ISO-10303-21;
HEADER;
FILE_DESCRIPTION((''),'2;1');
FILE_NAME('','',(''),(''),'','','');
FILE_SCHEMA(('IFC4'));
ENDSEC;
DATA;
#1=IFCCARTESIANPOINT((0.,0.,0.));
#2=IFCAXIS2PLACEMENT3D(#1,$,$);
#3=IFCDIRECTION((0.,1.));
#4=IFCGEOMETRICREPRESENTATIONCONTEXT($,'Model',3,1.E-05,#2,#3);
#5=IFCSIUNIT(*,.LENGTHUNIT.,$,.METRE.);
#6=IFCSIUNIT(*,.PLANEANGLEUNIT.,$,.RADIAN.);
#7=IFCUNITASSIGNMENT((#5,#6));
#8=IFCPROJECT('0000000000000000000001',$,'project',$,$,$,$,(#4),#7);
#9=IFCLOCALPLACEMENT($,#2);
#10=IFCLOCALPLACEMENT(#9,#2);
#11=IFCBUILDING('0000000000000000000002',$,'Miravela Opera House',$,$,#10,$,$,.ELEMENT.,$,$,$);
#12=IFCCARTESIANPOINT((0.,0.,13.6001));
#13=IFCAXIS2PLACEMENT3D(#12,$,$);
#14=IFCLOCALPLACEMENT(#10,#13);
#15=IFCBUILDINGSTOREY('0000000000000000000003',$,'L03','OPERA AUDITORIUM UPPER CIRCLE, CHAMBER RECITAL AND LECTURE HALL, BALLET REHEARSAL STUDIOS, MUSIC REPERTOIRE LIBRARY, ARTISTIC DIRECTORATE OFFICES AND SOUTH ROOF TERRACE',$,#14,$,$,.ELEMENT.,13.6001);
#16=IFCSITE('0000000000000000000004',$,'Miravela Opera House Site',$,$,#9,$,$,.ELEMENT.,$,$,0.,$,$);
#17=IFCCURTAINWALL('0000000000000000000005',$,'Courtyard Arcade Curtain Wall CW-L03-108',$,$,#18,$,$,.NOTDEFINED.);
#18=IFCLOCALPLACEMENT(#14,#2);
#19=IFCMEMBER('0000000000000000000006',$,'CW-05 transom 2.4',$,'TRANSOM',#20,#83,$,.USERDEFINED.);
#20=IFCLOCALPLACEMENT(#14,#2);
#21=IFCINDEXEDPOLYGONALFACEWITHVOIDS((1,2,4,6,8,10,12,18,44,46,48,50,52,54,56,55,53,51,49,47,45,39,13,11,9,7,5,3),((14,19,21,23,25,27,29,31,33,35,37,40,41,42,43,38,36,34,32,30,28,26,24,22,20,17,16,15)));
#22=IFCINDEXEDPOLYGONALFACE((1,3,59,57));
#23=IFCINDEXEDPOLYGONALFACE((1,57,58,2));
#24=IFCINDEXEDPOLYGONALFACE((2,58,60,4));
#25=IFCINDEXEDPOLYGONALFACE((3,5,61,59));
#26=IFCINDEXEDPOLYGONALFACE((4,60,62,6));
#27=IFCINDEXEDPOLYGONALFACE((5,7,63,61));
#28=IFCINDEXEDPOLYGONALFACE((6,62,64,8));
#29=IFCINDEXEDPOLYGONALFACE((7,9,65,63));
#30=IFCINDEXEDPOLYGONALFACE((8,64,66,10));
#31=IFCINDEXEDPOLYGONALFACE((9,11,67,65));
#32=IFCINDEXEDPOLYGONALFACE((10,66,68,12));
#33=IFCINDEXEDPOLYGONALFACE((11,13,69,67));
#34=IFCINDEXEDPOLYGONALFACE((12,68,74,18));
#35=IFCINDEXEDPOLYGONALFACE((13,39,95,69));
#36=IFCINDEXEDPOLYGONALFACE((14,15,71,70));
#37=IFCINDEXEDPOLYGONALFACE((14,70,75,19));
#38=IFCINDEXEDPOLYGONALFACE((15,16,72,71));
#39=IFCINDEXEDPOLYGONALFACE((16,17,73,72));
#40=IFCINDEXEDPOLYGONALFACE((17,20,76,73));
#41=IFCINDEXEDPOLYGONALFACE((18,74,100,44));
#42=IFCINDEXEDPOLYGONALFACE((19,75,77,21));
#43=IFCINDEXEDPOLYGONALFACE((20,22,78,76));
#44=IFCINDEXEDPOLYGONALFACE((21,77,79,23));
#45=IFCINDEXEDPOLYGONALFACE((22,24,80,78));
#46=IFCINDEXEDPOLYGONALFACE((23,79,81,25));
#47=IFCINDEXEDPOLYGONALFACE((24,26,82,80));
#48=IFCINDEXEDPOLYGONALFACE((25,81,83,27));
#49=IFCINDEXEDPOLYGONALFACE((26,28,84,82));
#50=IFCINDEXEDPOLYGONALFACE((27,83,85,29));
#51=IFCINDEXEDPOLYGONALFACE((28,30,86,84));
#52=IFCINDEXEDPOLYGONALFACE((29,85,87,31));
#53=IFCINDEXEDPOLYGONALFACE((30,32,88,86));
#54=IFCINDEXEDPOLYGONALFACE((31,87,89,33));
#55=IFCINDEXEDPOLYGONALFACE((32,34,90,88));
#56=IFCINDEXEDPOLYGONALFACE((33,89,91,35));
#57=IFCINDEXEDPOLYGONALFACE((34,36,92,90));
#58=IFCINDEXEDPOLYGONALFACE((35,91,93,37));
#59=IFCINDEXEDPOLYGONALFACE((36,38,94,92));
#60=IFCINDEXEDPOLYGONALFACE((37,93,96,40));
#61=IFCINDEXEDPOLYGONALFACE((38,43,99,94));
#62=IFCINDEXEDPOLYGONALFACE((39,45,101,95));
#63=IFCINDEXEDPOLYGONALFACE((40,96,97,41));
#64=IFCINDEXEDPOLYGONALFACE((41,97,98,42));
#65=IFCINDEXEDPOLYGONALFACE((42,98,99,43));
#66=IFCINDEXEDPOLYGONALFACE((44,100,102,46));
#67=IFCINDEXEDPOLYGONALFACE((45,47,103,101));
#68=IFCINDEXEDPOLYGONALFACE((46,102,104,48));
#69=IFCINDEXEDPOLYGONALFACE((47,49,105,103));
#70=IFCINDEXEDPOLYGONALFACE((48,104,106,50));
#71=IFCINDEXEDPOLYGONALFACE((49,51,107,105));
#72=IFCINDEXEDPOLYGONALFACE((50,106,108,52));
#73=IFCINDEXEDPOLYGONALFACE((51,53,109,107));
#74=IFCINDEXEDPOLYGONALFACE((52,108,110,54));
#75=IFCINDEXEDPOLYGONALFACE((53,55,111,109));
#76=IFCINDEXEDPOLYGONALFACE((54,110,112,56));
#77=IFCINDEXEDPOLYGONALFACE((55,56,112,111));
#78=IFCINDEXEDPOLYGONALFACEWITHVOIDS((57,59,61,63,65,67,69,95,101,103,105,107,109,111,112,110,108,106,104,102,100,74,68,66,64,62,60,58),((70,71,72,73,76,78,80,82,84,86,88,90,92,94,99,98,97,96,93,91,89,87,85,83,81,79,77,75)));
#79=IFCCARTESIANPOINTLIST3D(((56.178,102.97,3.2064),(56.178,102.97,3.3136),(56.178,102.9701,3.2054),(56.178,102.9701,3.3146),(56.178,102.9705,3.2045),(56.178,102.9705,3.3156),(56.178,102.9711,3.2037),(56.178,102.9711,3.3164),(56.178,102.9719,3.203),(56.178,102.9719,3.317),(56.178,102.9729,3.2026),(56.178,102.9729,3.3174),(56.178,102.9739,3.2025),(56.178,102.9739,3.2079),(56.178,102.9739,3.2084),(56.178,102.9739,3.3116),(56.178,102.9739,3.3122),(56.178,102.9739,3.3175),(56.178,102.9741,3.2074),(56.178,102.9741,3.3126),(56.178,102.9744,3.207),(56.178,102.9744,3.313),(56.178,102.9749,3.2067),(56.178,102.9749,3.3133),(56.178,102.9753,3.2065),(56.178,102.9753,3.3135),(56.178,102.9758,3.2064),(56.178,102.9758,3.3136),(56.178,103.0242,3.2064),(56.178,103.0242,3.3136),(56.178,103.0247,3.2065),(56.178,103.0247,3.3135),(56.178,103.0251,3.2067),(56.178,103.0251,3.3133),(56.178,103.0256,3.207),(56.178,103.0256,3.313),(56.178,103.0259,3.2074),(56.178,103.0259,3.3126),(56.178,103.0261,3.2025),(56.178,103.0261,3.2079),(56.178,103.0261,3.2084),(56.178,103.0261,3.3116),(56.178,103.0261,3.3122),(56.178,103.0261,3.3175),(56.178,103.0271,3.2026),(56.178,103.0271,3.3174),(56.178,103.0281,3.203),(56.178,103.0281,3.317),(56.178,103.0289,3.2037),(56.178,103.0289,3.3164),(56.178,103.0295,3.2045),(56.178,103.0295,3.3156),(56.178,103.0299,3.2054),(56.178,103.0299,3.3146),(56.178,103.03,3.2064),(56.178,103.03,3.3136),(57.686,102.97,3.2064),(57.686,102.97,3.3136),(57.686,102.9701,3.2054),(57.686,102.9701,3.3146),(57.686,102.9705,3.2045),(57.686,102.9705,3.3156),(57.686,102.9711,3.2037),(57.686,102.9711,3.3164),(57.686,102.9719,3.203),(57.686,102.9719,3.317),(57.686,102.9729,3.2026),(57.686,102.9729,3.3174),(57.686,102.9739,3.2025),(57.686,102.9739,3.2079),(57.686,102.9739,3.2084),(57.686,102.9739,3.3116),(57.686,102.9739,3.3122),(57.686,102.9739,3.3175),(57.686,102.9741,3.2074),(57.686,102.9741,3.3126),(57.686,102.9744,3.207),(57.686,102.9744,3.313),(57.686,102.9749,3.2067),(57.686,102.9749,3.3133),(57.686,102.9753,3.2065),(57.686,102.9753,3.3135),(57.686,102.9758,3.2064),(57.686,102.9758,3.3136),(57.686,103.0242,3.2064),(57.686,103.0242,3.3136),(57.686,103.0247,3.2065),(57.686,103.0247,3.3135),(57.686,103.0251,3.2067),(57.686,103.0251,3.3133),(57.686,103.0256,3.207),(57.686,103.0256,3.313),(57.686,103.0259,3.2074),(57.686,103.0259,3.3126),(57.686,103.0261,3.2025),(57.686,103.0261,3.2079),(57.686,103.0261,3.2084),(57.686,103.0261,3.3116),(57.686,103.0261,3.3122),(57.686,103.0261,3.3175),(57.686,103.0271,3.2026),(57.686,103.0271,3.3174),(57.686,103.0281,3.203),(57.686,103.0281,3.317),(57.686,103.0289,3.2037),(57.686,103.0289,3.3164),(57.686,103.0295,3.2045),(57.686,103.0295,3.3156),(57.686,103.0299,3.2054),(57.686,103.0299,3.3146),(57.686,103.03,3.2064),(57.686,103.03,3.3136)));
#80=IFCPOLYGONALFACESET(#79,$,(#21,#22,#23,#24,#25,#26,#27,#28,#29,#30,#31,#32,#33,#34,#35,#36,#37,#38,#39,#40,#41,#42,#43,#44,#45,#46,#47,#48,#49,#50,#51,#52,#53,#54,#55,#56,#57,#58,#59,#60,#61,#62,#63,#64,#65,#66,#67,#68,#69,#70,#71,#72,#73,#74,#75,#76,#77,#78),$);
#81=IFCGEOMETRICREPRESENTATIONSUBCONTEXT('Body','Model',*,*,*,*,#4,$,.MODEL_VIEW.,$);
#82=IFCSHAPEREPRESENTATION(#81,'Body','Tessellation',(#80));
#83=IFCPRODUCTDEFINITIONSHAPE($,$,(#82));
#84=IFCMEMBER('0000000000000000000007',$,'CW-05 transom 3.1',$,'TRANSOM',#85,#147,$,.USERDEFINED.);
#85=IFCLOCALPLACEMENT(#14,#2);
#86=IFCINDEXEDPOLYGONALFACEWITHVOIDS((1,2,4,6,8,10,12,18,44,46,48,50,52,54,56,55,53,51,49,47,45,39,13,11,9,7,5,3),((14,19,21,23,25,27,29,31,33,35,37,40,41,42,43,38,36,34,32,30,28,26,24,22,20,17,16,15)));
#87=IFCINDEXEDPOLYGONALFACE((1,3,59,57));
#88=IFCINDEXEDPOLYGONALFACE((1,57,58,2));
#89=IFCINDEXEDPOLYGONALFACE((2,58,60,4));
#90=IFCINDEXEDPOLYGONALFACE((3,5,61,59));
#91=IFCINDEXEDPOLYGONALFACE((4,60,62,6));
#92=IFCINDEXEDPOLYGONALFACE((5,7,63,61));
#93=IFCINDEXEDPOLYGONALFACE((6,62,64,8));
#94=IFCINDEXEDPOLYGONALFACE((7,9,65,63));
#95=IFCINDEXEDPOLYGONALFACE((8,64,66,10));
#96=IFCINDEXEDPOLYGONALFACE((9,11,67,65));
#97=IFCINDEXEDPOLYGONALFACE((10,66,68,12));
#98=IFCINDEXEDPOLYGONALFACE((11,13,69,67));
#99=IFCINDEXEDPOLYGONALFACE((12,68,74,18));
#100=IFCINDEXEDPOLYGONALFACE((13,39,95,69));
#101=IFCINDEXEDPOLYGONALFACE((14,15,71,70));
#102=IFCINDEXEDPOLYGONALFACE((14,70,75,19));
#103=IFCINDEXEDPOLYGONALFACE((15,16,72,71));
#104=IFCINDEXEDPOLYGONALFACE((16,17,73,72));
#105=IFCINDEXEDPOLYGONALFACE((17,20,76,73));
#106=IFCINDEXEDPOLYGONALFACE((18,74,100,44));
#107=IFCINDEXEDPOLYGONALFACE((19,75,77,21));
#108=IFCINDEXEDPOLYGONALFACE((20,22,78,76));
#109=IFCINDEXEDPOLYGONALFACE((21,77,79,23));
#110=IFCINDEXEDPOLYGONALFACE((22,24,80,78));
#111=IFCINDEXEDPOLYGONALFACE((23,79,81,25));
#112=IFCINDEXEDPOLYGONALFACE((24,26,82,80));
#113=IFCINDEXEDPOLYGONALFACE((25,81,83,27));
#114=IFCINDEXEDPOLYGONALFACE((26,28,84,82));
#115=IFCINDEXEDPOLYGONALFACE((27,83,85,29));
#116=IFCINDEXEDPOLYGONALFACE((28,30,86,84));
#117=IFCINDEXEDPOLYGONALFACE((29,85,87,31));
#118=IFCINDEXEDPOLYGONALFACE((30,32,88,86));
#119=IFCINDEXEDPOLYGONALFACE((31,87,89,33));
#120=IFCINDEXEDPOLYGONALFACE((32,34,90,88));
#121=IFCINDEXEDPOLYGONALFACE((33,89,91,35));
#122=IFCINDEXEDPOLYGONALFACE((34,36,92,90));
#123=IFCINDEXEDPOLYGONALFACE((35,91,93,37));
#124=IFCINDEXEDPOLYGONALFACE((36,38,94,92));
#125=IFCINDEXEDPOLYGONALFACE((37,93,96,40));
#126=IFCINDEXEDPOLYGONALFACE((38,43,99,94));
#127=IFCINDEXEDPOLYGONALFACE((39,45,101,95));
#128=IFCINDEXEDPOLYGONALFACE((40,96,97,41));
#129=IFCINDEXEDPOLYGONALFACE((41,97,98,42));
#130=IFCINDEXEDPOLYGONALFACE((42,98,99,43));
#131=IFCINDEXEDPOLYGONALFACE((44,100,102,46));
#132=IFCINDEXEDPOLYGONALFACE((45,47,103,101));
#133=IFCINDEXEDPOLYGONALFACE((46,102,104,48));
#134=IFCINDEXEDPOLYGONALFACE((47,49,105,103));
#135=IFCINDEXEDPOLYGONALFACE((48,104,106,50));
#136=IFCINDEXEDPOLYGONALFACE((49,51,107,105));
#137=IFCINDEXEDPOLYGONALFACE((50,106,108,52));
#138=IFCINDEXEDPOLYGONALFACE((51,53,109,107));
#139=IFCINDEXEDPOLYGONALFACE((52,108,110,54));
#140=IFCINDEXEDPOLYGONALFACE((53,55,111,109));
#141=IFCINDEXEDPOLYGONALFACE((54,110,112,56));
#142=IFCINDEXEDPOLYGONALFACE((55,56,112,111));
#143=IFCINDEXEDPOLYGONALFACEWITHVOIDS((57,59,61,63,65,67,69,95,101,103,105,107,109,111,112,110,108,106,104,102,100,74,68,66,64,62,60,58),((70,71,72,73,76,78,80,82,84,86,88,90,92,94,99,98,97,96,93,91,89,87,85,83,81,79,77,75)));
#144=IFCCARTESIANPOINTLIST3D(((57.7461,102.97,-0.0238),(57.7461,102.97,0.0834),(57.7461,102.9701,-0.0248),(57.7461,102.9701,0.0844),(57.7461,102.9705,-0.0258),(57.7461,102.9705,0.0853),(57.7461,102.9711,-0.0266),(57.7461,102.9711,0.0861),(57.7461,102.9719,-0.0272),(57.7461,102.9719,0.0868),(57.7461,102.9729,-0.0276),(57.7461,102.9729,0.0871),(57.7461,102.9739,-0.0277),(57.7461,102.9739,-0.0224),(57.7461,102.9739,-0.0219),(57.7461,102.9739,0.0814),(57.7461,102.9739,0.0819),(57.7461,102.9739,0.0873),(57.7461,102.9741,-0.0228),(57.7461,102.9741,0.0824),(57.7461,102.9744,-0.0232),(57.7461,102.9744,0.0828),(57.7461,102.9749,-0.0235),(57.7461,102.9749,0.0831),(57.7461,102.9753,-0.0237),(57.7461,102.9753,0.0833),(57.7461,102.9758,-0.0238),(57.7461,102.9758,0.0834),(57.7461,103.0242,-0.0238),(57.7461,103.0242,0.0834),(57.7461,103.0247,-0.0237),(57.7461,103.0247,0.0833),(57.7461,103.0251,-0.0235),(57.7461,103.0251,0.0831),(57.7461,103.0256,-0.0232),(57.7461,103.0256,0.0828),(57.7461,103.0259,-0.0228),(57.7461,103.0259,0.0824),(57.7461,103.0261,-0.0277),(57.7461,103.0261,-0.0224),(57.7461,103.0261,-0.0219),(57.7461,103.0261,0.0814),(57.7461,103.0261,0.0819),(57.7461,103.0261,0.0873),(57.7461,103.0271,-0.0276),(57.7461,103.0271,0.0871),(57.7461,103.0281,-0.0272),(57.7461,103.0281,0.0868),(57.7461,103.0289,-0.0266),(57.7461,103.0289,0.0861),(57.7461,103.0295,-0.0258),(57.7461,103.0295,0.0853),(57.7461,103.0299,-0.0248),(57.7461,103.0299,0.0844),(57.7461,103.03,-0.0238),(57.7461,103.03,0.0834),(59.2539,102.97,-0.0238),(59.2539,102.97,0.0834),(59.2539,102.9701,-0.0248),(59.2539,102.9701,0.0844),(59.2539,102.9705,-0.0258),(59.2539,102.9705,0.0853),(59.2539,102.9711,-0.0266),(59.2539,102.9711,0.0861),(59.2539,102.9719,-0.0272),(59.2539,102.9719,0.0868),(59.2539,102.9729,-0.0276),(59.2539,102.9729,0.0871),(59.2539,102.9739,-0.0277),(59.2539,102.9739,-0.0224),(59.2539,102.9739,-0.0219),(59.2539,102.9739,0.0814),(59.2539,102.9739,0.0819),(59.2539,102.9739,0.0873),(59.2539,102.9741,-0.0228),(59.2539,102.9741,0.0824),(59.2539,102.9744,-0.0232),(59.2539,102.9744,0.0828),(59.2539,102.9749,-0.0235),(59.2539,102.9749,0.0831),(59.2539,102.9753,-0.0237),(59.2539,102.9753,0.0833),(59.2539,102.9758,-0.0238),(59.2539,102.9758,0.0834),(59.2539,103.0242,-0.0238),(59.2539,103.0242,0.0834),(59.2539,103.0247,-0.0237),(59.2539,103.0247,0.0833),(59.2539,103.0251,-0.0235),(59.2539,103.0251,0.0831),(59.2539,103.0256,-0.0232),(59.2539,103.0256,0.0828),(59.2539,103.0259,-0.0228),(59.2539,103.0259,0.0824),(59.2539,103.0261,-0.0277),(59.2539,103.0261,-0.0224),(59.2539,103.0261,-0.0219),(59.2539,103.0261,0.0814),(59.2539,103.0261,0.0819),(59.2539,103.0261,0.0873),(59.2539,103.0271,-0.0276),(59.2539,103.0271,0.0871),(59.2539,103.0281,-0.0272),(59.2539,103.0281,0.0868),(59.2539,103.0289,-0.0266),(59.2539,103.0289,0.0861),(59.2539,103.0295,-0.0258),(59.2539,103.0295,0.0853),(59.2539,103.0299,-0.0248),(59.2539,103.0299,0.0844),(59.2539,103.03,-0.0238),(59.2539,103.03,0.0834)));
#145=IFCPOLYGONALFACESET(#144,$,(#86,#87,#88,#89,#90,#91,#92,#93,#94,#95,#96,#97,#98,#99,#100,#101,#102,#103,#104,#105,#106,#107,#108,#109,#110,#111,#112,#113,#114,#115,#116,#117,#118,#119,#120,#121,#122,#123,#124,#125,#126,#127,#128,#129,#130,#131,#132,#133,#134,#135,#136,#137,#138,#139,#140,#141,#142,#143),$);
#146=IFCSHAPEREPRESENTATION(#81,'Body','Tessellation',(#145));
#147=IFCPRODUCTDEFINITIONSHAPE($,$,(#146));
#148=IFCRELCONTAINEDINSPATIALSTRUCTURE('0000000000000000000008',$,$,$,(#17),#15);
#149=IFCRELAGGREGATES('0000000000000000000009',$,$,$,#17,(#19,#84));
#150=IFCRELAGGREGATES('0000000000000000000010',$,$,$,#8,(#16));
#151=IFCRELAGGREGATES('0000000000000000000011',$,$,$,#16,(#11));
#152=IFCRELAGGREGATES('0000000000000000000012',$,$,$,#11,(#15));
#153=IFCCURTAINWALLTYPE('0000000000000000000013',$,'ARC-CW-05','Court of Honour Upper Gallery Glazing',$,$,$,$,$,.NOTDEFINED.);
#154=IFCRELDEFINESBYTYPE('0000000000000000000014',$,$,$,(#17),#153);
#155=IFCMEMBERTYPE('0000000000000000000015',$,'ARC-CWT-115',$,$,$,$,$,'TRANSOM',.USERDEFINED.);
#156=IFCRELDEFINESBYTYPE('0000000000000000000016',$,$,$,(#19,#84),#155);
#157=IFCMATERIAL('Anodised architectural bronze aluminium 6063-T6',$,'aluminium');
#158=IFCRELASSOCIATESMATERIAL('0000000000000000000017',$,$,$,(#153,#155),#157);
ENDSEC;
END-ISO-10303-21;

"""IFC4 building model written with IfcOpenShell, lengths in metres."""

from ifc_helpers import new_model, si_unit, direction, frame, origin, origin_2d, place, context, subcontext, project, spatial, hollow_rectangle, extrude, material, material_profile, profile_set, type_object, element, aggregate, save


model = new_model("IFC4")

# Units and contexts
model_context = context("Model", 3, precision=1e-05, world=origin(), true_north=direction((0.0, 1.0)))
body_context = subcontext(model_context, "Body", "Model", "MODEL_VIEW")
ifc_project = project(units=[si_unit("LENGTHUNIT", "METRE"), si_unit("PLANEANGLEUNIT", "RADIAN")], contexts=[model_context])

# Site, building, storey
site_placement = place(None, origin())
site = spatial("IfcSite", under=ifc_project, at=site_placement, Name="Miravela Opera House Site", CompositionType="ELEMENT", RefElevation=0.0)
building_placement = place(site_placement, origin())
building = spatial("IfcBuilding", under=site, at=building_placement, Name="Miravela Opera House", CompositionType="ELEMENT")
storey_placement = place(building_placement, frame((0.0, 0.0, 13.6001)))
storey = spatial("IfcBuildingStorey", under=building, at=storey_placement, Name="L03", Description="OPERA AUDITORIUM UPPER CIRCLE, CHAMBER RECITAL AND LECTURE HALL, BALLET REHEARSAL STUDIOS, MUSIC REPERTOIRE LIBRARY, ARTISTIC DIRECTORATE OFFICES AND SOUTH ROOF TERRACE", CompositionType="ELEMENT", Elevation=13.6001)

# Curtain wall, members
ifc_material_1 = material(Name="Anodised architectural bronze aluminium 6063-T6", Category="aluminium")
curtain_wall_type = type_object("IfcCurtainWallType", Name="ARC-CW-05", Description="Court of Honour Upper Gallery Glazing", PredefinedType="NOTDEFINED", material=ifc_material_1)
curtain_wall_placement = place(storey_placement, origin())
curtain_wall = element("IfcCurtainWall", 1, at=curtain_wall_placement, inside=storey, type_object=curtain_wall_type, Name="Courtyard Arcade Curtain Wall CW-L03-108", PredefinedType="NOTDEFINED")
ifc_material_profile_1 = material_profile(ifc_material_1, hollow_rectangle(XDim=0.0601, YDim=0.115, WallThickness=0.0039, InnerFilletRadius=0.002, OuterFilletRadius=0.0039, at=origin_2d()), Name="CWT-60X115")
ifc_profile_set_1 = profile_set([ifc_material_profile_1])
member_type_1 = type_object("IfcMemberType", Name="ARC-CWT-115", ElementType="TRANSOM", PredefinedType="USERDEFINED", material=ifc_profile_set_1)
member_1_placement = place(storey_placement, frame((56.178, 103.0, 3.26), z_axis=(1.0, 0.0, 0.0), x_axis=(0.0, 1.0, 0.0)))
member_1 = element("IfcMember", 2, at=member_1_placement, type_object=member_type_1, Name="CW-05 transom 2.4", ObjectType="TRANSOM", PredefinedType="USERDEFINED", context=body_context, shape_type="SweptSolid", body=[
    extrude(hollow_rectangle(XDim=0.0601, YDim=0.115, WallThickness=0.0039, InnerFilletRadius=0.002, OuterFilletRadius=0.0039, at=origin_2d()), origin(), (0.0, 0.0, 1.0), 1.5081),
])
member_2_placement = place(storey_placement, frame((57.7461, 103.0, 0.0298), z_axis=(1.0, 0.0, 0.0), x_axis=(0.0, 1.0, 0.0)))
member_2 = element("IfcMember", 3, at=member_2_placement, type_object=member_type_1, Name="CW-05 transom 3.1", ObjectType="TRANSOM", PredefinedType="USERDEFINED", context=body_context, shape_type="SweptSolid", body=[
    extrude(hollow_rectangle(XDim=0.0601, YDim=0.115, WallThickness=0.0039, InnerFilletRadius=0.002, OuterFilletRadius=0.0039, at=origin_2d()), origin(), (0.0, 0.0, 1.0), 1.5078),
])
aggregate(curtain_wall, [member_1, member_2])

save(model, "model.ifc")
